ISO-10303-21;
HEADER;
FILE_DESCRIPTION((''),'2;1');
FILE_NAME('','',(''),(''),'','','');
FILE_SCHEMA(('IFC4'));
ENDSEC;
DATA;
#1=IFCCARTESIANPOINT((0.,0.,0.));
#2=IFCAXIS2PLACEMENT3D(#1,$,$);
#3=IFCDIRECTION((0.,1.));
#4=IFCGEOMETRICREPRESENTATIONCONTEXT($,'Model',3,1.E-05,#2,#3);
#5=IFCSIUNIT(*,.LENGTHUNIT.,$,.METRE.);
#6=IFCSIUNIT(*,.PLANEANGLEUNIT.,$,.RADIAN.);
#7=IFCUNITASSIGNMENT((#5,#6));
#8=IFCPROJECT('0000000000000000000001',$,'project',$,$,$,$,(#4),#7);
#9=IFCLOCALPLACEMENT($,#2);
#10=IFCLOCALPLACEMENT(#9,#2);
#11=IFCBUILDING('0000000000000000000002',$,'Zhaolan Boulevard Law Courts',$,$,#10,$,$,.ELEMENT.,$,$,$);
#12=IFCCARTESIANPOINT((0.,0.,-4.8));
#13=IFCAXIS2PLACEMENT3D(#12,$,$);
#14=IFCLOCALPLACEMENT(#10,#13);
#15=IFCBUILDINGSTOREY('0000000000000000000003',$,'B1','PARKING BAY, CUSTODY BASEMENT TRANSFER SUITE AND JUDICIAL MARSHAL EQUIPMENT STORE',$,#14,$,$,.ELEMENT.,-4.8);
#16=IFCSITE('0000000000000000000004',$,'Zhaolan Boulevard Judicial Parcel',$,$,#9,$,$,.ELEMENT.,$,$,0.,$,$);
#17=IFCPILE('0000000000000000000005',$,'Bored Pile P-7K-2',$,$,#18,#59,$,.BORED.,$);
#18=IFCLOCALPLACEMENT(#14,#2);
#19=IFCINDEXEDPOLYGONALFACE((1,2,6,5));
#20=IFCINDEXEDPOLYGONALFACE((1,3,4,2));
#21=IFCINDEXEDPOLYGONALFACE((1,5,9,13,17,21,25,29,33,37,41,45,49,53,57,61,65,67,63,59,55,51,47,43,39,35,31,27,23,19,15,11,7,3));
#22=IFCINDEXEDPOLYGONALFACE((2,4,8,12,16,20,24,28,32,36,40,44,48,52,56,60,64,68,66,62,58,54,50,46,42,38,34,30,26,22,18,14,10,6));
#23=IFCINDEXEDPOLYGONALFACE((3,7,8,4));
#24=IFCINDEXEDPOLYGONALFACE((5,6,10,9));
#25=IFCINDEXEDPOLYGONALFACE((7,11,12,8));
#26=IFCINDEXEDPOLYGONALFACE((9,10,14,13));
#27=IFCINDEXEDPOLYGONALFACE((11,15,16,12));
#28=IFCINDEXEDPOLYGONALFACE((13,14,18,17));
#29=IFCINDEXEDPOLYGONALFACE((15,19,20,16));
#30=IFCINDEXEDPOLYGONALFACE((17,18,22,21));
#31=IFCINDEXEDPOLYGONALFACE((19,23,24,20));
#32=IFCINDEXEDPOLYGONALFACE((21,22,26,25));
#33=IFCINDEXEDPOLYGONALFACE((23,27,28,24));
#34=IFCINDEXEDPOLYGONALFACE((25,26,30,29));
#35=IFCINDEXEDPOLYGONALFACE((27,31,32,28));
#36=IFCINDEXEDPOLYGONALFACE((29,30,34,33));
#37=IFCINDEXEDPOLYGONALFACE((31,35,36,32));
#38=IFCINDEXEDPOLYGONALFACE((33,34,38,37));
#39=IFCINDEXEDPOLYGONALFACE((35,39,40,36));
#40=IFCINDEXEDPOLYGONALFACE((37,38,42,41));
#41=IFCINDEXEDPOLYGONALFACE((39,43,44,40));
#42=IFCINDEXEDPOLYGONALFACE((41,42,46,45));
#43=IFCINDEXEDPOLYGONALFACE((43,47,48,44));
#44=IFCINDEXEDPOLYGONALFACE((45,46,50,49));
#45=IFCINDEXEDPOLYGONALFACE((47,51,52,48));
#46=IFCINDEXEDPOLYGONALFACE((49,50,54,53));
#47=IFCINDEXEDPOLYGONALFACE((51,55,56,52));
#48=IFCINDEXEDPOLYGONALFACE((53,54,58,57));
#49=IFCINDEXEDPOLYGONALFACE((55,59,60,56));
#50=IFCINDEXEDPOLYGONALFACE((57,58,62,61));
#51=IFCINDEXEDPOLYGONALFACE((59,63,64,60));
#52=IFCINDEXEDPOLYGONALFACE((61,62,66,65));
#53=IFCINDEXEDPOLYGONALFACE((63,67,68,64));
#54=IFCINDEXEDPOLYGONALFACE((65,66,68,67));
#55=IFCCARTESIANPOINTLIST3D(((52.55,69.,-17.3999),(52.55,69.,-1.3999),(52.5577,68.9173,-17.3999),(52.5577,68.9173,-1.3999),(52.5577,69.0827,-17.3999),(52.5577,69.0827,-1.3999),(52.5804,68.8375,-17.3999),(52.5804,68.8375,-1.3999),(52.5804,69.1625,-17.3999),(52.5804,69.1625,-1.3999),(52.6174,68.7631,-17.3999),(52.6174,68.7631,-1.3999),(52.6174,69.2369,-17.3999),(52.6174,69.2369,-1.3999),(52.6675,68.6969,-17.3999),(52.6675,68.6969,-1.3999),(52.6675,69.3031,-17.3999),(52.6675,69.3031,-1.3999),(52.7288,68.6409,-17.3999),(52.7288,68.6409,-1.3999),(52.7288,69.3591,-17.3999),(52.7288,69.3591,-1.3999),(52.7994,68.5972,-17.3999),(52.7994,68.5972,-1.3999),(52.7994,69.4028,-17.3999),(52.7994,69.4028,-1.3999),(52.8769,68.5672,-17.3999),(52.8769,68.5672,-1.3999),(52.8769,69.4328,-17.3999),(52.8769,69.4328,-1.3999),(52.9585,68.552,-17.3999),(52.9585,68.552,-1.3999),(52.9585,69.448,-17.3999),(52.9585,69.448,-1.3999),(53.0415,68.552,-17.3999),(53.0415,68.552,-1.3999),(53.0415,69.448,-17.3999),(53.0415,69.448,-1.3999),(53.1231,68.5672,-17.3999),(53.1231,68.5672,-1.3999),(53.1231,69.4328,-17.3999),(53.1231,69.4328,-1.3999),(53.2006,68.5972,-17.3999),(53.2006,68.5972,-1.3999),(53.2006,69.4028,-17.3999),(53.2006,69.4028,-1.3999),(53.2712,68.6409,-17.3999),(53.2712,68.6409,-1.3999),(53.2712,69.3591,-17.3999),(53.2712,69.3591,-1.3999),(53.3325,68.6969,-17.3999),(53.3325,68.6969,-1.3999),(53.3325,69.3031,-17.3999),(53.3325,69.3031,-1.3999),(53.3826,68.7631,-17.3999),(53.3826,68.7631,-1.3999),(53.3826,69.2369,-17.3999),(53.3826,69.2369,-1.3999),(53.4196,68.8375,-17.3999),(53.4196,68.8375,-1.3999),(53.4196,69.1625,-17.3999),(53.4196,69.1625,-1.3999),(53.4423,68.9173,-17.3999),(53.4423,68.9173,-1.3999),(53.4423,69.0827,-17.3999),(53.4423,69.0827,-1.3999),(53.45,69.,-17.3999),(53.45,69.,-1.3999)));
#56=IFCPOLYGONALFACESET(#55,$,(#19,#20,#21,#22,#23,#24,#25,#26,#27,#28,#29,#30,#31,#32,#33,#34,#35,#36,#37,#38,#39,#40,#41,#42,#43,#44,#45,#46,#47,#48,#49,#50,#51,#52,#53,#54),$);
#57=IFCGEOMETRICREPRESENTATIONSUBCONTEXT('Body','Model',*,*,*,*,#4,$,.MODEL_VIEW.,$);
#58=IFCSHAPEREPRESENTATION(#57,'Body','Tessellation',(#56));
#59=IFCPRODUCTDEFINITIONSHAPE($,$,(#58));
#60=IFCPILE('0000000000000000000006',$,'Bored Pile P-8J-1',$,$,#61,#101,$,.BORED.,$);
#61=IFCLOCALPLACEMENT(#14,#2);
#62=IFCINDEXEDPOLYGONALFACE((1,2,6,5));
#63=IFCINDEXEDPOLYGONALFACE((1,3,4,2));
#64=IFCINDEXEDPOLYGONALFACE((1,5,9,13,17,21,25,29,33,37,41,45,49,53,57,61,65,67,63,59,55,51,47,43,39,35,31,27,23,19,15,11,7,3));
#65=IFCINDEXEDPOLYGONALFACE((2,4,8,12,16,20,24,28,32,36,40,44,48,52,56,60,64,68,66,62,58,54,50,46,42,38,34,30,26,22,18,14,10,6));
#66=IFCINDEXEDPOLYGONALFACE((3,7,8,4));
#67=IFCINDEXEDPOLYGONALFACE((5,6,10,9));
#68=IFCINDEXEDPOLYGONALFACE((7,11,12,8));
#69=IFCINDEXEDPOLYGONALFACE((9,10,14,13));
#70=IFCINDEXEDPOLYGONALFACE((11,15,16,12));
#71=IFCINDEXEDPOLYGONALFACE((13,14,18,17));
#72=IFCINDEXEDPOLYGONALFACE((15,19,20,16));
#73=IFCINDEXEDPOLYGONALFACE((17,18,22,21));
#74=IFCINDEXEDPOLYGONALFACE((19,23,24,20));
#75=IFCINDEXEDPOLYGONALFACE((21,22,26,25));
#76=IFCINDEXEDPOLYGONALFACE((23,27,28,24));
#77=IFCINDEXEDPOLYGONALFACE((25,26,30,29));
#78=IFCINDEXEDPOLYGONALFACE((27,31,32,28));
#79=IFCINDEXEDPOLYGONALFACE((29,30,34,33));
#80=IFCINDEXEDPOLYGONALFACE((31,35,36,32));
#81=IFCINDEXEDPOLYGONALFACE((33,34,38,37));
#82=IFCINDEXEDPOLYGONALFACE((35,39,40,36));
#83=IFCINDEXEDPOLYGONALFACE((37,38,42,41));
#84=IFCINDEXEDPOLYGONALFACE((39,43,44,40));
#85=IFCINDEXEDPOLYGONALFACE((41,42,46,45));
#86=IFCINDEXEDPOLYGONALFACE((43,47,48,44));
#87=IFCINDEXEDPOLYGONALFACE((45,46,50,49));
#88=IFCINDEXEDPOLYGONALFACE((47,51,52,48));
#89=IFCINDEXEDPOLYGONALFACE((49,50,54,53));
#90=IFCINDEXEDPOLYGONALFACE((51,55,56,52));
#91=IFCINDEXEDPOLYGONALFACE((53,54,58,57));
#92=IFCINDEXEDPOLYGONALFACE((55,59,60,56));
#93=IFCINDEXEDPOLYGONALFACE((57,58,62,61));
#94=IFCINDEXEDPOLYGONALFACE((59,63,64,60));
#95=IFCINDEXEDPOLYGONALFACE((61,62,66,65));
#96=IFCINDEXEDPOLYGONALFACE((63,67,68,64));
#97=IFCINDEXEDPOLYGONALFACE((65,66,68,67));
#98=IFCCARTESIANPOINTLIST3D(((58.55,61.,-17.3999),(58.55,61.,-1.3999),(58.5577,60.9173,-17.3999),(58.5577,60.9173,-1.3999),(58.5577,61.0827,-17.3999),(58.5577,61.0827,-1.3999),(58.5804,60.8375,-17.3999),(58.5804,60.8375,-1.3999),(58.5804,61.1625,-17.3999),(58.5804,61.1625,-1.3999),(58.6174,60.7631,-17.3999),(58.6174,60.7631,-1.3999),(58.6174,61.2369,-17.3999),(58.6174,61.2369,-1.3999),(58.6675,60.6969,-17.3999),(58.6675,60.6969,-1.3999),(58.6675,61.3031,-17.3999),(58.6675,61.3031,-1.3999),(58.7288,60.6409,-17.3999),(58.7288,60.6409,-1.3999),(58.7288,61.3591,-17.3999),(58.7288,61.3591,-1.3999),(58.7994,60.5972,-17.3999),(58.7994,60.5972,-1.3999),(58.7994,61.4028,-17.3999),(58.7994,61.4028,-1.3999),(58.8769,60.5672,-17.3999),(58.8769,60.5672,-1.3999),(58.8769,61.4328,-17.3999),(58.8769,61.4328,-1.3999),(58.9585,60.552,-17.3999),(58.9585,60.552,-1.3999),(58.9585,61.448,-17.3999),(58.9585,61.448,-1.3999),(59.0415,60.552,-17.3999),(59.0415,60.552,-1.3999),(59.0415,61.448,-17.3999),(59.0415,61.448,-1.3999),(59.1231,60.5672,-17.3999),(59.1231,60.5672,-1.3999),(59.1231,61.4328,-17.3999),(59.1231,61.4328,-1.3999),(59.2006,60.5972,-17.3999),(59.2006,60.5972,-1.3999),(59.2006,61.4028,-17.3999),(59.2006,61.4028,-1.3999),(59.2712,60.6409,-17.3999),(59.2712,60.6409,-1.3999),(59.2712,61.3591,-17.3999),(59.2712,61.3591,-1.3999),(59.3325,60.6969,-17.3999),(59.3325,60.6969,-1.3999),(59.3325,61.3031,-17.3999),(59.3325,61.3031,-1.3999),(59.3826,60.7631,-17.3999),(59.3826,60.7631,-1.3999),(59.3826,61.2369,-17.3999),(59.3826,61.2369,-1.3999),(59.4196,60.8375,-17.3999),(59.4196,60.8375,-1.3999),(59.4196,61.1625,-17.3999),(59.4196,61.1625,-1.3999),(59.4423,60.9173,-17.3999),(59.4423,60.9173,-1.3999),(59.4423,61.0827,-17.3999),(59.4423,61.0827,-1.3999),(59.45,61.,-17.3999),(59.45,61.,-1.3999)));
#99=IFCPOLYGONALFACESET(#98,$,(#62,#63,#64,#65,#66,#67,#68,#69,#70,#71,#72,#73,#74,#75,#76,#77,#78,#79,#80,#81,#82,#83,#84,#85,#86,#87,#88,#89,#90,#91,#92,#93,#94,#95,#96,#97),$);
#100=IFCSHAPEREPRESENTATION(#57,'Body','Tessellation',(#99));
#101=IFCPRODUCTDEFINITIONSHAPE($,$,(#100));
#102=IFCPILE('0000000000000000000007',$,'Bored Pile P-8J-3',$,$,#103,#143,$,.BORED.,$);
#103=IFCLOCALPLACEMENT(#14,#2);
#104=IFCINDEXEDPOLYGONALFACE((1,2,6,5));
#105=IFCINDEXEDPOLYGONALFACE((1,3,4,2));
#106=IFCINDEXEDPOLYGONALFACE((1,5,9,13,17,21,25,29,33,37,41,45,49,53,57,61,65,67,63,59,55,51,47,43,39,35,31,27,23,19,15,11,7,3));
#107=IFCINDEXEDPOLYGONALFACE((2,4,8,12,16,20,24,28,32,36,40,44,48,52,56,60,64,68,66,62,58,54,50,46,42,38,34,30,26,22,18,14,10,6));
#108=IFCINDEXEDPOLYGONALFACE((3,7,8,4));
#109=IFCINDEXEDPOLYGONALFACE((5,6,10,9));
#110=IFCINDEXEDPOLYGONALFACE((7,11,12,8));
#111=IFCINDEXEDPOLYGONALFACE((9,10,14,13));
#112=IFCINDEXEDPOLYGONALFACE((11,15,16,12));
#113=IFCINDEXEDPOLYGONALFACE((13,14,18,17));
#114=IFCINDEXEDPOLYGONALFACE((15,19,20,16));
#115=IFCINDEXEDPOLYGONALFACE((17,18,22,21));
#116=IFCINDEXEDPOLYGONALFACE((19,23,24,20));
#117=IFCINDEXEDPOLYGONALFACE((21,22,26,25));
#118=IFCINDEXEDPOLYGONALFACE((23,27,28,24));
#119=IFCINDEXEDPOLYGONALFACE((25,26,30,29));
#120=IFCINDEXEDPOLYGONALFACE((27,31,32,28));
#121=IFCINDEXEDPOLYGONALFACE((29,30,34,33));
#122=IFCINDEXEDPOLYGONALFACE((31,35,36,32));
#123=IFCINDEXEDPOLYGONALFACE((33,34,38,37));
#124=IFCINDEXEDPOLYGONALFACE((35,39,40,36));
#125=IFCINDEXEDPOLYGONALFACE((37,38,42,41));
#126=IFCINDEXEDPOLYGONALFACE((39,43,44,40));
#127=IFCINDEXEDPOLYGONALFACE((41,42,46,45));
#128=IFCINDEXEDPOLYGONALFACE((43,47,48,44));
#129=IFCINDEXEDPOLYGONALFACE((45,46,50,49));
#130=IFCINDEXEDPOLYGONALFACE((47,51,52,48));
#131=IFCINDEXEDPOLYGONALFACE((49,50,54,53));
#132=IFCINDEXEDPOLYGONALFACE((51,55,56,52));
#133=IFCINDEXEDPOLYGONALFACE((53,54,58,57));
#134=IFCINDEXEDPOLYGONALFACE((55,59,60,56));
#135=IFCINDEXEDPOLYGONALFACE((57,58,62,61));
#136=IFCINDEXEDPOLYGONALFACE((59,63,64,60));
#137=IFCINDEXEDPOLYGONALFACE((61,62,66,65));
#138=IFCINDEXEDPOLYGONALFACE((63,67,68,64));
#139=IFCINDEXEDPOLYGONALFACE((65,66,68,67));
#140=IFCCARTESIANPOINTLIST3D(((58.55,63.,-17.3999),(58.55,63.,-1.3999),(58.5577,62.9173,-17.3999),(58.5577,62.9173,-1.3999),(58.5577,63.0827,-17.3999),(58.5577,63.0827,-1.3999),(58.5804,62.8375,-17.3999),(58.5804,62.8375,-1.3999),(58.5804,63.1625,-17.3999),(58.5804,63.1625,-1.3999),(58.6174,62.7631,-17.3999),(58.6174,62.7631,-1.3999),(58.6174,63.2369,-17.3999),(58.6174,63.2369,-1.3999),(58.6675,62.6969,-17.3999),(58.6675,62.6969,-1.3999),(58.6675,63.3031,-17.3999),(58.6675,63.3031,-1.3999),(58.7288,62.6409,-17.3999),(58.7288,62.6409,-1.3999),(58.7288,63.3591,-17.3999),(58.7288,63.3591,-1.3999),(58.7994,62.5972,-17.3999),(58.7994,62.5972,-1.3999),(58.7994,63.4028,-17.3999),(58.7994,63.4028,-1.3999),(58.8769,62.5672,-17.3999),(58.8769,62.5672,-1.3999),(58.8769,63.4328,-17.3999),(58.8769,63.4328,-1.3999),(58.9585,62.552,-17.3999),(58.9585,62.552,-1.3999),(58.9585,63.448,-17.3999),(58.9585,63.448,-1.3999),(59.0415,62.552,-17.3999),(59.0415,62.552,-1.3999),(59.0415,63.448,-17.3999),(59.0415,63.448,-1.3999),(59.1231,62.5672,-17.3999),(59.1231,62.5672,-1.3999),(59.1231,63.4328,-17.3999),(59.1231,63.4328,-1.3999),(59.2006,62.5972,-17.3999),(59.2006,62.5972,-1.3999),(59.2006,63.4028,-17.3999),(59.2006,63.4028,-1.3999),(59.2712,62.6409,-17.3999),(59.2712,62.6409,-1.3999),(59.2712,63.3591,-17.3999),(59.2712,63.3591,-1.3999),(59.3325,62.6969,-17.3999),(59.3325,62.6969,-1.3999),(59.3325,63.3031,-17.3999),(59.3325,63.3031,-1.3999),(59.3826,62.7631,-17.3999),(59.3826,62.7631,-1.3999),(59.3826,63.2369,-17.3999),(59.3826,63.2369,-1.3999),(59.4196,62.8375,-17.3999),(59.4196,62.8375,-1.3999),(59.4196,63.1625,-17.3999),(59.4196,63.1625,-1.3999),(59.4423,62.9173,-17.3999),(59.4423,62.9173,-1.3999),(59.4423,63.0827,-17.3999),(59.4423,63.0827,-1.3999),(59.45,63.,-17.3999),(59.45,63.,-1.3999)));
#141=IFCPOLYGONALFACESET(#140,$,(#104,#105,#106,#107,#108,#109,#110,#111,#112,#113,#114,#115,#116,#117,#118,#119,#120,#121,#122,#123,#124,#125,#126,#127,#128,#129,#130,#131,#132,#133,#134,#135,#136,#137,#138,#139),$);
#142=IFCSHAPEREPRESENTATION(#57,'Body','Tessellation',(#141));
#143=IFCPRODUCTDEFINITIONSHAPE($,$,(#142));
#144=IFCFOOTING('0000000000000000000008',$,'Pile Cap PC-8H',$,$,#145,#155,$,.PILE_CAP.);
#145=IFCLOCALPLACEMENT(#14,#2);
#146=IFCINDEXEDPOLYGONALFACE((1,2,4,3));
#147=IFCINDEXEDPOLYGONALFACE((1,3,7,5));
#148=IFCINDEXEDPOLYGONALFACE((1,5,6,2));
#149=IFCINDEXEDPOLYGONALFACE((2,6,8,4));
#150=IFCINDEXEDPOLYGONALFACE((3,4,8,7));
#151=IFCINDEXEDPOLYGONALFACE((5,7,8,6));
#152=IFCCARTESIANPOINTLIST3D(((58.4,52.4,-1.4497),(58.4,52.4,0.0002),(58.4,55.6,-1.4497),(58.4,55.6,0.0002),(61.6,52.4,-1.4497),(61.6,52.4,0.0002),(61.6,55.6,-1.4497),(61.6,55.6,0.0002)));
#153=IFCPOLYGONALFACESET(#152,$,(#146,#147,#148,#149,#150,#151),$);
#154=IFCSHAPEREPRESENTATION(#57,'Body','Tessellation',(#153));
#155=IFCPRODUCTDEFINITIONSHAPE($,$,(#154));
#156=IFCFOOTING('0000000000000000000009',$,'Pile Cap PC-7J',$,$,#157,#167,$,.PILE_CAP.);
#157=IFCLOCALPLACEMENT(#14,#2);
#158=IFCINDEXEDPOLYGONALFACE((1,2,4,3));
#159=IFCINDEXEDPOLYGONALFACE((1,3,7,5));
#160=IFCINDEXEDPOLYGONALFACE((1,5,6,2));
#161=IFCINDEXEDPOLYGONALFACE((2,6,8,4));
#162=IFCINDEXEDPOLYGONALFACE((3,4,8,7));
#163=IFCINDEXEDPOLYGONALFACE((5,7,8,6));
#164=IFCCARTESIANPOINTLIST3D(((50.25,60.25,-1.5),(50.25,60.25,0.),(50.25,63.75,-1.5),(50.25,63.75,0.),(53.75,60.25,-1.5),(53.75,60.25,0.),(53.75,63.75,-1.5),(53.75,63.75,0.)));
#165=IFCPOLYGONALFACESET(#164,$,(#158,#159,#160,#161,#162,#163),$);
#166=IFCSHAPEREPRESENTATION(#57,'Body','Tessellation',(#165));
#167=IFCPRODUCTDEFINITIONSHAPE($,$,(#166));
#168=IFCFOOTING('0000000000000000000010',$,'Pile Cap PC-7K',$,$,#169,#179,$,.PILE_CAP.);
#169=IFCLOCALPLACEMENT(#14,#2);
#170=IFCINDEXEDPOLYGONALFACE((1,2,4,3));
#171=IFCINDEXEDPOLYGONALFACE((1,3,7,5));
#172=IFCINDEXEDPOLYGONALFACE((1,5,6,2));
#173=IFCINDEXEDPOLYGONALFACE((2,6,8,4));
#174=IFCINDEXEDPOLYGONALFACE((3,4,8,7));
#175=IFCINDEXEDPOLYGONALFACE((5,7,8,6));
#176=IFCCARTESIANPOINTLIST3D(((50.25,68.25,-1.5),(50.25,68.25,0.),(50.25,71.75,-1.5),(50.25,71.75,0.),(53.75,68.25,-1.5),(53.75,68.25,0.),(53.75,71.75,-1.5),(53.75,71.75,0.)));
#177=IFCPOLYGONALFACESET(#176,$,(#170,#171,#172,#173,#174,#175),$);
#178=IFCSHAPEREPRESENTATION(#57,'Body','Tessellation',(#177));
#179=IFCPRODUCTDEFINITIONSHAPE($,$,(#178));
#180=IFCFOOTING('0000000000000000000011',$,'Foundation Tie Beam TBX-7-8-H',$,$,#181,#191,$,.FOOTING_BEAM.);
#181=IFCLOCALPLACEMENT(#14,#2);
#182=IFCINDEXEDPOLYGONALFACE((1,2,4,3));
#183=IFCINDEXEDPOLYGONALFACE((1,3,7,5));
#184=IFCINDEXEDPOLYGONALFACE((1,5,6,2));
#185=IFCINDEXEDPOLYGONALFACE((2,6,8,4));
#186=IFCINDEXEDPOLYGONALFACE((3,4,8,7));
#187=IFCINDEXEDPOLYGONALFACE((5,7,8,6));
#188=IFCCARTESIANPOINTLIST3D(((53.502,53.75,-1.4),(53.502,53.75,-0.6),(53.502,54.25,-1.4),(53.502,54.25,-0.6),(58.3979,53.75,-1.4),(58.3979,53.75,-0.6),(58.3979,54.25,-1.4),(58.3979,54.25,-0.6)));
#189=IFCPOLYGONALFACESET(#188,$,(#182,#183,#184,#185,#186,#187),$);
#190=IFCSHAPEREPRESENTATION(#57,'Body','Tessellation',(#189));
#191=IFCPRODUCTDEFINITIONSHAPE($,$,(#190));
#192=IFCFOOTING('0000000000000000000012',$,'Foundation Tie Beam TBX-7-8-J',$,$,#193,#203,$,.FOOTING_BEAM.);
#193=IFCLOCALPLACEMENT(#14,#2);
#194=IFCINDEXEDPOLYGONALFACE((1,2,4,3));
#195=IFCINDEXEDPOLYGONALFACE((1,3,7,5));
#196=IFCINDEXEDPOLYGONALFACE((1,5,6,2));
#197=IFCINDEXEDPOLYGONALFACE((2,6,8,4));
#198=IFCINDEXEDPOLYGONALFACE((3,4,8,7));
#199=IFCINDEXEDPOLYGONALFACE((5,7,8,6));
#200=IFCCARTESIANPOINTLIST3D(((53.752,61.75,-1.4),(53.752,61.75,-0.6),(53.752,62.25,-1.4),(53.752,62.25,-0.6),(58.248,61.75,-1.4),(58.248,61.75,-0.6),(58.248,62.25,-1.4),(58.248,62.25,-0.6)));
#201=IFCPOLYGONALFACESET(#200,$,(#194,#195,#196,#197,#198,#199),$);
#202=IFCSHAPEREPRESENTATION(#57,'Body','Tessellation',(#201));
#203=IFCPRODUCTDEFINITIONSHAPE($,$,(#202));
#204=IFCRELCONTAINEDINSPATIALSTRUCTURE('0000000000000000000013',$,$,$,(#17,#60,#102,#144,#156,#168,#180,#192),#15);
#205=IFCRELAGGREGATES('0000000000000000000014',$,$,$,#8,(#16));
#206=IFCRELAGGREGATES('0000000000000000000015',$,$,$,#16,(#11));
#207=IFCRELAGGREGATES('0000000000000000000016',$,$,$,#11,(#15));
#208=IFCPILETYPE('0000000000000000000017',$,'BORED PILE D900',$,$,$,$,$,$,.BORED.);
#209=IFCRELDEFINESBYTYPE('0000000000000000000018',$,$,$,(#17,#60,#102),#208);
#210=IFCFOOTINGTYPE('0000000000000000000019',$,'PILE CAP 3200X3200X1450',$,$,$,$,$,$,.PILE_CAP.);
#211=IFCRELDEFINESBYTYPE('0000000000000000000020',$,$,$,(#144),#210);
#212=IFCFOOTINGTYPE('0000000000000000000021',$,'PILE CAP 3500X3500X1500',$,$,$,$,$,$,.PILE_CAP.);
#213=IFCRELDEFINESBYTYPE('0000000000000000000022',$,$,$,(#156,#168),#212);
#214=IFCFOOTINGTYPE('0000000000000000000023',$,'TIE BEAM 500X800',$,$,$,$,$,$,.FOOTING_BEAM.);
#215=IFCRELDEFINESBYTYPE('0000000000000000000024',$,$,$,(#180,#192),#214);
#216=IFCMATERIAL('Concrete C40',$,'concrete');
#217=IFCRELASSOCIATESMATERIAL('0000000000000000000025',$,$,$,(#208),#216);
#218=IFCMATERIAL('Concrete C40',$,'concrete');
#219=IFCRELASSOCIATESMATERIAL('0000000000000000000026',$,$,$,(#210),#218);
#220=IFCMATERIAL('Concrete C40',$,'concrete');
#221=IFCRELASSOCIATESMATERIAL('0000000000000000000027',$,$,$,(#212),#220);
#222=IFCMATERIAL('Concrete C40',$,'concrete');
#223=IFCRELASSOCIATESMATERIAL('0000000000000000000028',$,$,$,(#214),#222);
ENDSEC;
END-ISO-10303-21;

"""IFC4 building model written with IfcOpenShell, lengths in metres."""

from ifc_helpers import new_model, si_unit, direction, frame, origin, origin_2d, place, context, subcontext, project, spatial, rectangle, circle, extrude, material, material_profile, profile_set, type_object, element, save


model = new_model("IFC4")

# Units and contexts
model_context = context("Model", 3, precision=1e-05, world=origin(), true_north=direction((0.0, 1.0)))
body_context = subcontext(model_context, "Body", "Model", "MODEL_VIEW")
ifc_project = project(units=[si_unit("LENGTHUNIT", "METRE"), si_unit("PLANEANGLEUNIT", "RADIAN")], contexts=[model_context])

# Site, building, storey
site_placement = place(None, origin())
site = spatial("IfcSite", under=ifc_project, at=site_placement, Name="Zhaolan Boulevard Judicial Parcel", CompositionType="ELEMENT", RefElevation=0.0)
building_placement = place(site_placement, origin())
building = spatial("IfcBuilding", under=site, at=building_placement, Name="Zhaolan Boulevard Law Courts", CompositionType="ELEMENT")
storey_placement = place(building_placement, frame((0.0, 0.0, -4.8)))
storey = spatial("IfcBuildingStorey", under=building, at=storey_placement, Name="B1", Description="PARKING BAY, CUSTODY BASEMENT TRANSFER SUITE AND JUDICIAL MARSHAL EQUIPMENT STORE", CompositionType="ELEMENT", Elevation=-4.8)

# Piles
ifc_material_1 = material(Name="Concrete C40", Category="concrete")
ifc_material_profile_1 = material_profile(ifc_material_1, circle(Radius=0.45, at=origin_2d()), Name="PILE-D900")
ifc_profile_set_1 = profile_set([ifc_material_profile_1], Name="Concrete C40")
pile_type_1 = type_object("IfcPileType", Name="BORED PILE D900", PredefinedType="BORED", material=ifc_profile_set_1)
for number, where, z_axis, x_axis, name in (
    (1, (53.0, 69.0, -1.3999), (0.0, 0.0, -1.0), (1.0, 0.0, 0.0), "Bored Pile P-7K-2"),
    (2, (59.0, 61.0, -1.3999), (0.0, 0.0, -1.0), (1.0, 0.0, 0.0), "Bored Pile P-8J-1"),
    (3, (59.0, 63.0, -1.3999), (0.0, 0.0, -1.0), (1.0, 0.0, 0.0), "Bored Pile P-8J-3"),
):
    element("IfcPile", number, at=place(storey_placement, frame(where, z_axis=z_axis, x_axis=x_axis)), inside=storey, type_object=pile_type_1, Name=name, PredefinedType="BORED", context=body_context, shape_type="SweptSolid", body=[
        extrude(circle(Radius=0.45, at=origin_2d()), origin(), (0.0, 0.0, 1.0), 16.0),
    ])

# Footings
ifc_material_2 = material(Name="Concrete C40", Category="concrete")
footing_type_1 = type_object("IfcFootingType", Name="PILE CAP 3200X3200X1450", PredefinedType="PILE_CAP", material=ifc_material_2)
footing_1_placement = place(storey_placement, frame((60.0, 54.0, -1.4497), z_axis=(0.0, 0.0, 1.0), x_axis=(1.0, 0.0, 0.0)))
element("IfcFooting", 4, at=footing_1_placement, inside=storey, type_object=footing_type_1, Name="Pile Cap PC-8H", PredefinedType="PILE_CAP", context=body_context, shape_type="SweptSolid", body=[
    extrude(rectangle(XDim=3.2, YDim=3.2, at=origin_2d()), origin(), (0.0, 0.0, 1.0), 1.45),
])
ifc_material_3 = material(Name="Concrete C40", Category="concrete")
footing_type_2 = type_object("IfcFootingType", Name="PILE CAP 3500X3500X1500", PredefinedType="PILE_CAP", material=ifc_material_3)
for number, where, z_axis, x_axis, name in (
    (5, (52.0, 62.0, -1.5), (0.0, 0.0, 1.0), (1.0, 0.0, 0.0), "Pile Cap PC-7J"),
    (6, (52.0, 70.0, -1.5), (0.0, 0.0, 1.0), (1.0, 0.0, 0.0), "Pile Cap PC-7K"),
):
    element("IfcFooting", number, at=place(storey_placement, frame(where, z_axis=z_axis, x_axis=x_axis)), inside=storey, type_object=footing_type_2, Name=name, PredefinedType="PILE_CAP", context=body_context, shape_type="SweptSolid", body=[
        extrude(rectangle(XDim=3.5, YDim=3.5, at=origin_2d()), origin(), (0.0, 0.0, 1.0), 1.5),
    ])
ifc_material_4 = material(Name="Concrete C40", Category="concrete")
ifc_material_profile_2 = material_profile(ifc_material_4, rectangle(XDim=0.5, YDim=0.8, at=origin_2d()), Name="RC500x800")
ifc_profile_set_2 = profile_set([ifc_material_profile_2], Name="Concrete C40")
footing_type_3 = type_object("IfcFootingType", Name="TIE BEAM 500X800", PredefinedType="FOOTING_BEAM", material=ifc_profile_set_2)
footing_2_placement = place(storey_placement, frame((53.502, 54.0, -1.0), z_axis=(1.0, 0.0, 0.0), x_axis=(0.0, 1.0, 0.0)))
element("IfcFooting", 7, at=footing_2_placement, inside=storey, type_object=footing_type_3, Name="Foundation Tie Beam TBX-7-8-H", PredefinedType="FOOTING_BEAM", context=body_context, shape_type="SweptSolid", body=[
    extrude(rectangle(XDim=0.5, YDim=0.8, at=origin_2d()), origin(), (0.0, 0.0, 1.0), 4.896),
])
footing_3_placement = place(storey_placement, frame((53.752, 62.0, -1.0), z_axis=(1.0, 0.0, 0.0), x_axis=(0.0, 1.0, 0.0)))
element("IfcFooting", 8, at=footing_3_placement, inside=storey, type_object=footing_type_3, Name="Foundation Tie Beam TBX-7-8-J", PredefinedType="FOOTING_BEAM", context=body_context, shape_type="SweptSolid", body=[
    extrude(rectangle(XDim=0.5, YDim=0.8, at=origin_2d()), origin(), (0.0, 0.0, 1.0), 4.4961),
])

save(model, "model.ifc")
